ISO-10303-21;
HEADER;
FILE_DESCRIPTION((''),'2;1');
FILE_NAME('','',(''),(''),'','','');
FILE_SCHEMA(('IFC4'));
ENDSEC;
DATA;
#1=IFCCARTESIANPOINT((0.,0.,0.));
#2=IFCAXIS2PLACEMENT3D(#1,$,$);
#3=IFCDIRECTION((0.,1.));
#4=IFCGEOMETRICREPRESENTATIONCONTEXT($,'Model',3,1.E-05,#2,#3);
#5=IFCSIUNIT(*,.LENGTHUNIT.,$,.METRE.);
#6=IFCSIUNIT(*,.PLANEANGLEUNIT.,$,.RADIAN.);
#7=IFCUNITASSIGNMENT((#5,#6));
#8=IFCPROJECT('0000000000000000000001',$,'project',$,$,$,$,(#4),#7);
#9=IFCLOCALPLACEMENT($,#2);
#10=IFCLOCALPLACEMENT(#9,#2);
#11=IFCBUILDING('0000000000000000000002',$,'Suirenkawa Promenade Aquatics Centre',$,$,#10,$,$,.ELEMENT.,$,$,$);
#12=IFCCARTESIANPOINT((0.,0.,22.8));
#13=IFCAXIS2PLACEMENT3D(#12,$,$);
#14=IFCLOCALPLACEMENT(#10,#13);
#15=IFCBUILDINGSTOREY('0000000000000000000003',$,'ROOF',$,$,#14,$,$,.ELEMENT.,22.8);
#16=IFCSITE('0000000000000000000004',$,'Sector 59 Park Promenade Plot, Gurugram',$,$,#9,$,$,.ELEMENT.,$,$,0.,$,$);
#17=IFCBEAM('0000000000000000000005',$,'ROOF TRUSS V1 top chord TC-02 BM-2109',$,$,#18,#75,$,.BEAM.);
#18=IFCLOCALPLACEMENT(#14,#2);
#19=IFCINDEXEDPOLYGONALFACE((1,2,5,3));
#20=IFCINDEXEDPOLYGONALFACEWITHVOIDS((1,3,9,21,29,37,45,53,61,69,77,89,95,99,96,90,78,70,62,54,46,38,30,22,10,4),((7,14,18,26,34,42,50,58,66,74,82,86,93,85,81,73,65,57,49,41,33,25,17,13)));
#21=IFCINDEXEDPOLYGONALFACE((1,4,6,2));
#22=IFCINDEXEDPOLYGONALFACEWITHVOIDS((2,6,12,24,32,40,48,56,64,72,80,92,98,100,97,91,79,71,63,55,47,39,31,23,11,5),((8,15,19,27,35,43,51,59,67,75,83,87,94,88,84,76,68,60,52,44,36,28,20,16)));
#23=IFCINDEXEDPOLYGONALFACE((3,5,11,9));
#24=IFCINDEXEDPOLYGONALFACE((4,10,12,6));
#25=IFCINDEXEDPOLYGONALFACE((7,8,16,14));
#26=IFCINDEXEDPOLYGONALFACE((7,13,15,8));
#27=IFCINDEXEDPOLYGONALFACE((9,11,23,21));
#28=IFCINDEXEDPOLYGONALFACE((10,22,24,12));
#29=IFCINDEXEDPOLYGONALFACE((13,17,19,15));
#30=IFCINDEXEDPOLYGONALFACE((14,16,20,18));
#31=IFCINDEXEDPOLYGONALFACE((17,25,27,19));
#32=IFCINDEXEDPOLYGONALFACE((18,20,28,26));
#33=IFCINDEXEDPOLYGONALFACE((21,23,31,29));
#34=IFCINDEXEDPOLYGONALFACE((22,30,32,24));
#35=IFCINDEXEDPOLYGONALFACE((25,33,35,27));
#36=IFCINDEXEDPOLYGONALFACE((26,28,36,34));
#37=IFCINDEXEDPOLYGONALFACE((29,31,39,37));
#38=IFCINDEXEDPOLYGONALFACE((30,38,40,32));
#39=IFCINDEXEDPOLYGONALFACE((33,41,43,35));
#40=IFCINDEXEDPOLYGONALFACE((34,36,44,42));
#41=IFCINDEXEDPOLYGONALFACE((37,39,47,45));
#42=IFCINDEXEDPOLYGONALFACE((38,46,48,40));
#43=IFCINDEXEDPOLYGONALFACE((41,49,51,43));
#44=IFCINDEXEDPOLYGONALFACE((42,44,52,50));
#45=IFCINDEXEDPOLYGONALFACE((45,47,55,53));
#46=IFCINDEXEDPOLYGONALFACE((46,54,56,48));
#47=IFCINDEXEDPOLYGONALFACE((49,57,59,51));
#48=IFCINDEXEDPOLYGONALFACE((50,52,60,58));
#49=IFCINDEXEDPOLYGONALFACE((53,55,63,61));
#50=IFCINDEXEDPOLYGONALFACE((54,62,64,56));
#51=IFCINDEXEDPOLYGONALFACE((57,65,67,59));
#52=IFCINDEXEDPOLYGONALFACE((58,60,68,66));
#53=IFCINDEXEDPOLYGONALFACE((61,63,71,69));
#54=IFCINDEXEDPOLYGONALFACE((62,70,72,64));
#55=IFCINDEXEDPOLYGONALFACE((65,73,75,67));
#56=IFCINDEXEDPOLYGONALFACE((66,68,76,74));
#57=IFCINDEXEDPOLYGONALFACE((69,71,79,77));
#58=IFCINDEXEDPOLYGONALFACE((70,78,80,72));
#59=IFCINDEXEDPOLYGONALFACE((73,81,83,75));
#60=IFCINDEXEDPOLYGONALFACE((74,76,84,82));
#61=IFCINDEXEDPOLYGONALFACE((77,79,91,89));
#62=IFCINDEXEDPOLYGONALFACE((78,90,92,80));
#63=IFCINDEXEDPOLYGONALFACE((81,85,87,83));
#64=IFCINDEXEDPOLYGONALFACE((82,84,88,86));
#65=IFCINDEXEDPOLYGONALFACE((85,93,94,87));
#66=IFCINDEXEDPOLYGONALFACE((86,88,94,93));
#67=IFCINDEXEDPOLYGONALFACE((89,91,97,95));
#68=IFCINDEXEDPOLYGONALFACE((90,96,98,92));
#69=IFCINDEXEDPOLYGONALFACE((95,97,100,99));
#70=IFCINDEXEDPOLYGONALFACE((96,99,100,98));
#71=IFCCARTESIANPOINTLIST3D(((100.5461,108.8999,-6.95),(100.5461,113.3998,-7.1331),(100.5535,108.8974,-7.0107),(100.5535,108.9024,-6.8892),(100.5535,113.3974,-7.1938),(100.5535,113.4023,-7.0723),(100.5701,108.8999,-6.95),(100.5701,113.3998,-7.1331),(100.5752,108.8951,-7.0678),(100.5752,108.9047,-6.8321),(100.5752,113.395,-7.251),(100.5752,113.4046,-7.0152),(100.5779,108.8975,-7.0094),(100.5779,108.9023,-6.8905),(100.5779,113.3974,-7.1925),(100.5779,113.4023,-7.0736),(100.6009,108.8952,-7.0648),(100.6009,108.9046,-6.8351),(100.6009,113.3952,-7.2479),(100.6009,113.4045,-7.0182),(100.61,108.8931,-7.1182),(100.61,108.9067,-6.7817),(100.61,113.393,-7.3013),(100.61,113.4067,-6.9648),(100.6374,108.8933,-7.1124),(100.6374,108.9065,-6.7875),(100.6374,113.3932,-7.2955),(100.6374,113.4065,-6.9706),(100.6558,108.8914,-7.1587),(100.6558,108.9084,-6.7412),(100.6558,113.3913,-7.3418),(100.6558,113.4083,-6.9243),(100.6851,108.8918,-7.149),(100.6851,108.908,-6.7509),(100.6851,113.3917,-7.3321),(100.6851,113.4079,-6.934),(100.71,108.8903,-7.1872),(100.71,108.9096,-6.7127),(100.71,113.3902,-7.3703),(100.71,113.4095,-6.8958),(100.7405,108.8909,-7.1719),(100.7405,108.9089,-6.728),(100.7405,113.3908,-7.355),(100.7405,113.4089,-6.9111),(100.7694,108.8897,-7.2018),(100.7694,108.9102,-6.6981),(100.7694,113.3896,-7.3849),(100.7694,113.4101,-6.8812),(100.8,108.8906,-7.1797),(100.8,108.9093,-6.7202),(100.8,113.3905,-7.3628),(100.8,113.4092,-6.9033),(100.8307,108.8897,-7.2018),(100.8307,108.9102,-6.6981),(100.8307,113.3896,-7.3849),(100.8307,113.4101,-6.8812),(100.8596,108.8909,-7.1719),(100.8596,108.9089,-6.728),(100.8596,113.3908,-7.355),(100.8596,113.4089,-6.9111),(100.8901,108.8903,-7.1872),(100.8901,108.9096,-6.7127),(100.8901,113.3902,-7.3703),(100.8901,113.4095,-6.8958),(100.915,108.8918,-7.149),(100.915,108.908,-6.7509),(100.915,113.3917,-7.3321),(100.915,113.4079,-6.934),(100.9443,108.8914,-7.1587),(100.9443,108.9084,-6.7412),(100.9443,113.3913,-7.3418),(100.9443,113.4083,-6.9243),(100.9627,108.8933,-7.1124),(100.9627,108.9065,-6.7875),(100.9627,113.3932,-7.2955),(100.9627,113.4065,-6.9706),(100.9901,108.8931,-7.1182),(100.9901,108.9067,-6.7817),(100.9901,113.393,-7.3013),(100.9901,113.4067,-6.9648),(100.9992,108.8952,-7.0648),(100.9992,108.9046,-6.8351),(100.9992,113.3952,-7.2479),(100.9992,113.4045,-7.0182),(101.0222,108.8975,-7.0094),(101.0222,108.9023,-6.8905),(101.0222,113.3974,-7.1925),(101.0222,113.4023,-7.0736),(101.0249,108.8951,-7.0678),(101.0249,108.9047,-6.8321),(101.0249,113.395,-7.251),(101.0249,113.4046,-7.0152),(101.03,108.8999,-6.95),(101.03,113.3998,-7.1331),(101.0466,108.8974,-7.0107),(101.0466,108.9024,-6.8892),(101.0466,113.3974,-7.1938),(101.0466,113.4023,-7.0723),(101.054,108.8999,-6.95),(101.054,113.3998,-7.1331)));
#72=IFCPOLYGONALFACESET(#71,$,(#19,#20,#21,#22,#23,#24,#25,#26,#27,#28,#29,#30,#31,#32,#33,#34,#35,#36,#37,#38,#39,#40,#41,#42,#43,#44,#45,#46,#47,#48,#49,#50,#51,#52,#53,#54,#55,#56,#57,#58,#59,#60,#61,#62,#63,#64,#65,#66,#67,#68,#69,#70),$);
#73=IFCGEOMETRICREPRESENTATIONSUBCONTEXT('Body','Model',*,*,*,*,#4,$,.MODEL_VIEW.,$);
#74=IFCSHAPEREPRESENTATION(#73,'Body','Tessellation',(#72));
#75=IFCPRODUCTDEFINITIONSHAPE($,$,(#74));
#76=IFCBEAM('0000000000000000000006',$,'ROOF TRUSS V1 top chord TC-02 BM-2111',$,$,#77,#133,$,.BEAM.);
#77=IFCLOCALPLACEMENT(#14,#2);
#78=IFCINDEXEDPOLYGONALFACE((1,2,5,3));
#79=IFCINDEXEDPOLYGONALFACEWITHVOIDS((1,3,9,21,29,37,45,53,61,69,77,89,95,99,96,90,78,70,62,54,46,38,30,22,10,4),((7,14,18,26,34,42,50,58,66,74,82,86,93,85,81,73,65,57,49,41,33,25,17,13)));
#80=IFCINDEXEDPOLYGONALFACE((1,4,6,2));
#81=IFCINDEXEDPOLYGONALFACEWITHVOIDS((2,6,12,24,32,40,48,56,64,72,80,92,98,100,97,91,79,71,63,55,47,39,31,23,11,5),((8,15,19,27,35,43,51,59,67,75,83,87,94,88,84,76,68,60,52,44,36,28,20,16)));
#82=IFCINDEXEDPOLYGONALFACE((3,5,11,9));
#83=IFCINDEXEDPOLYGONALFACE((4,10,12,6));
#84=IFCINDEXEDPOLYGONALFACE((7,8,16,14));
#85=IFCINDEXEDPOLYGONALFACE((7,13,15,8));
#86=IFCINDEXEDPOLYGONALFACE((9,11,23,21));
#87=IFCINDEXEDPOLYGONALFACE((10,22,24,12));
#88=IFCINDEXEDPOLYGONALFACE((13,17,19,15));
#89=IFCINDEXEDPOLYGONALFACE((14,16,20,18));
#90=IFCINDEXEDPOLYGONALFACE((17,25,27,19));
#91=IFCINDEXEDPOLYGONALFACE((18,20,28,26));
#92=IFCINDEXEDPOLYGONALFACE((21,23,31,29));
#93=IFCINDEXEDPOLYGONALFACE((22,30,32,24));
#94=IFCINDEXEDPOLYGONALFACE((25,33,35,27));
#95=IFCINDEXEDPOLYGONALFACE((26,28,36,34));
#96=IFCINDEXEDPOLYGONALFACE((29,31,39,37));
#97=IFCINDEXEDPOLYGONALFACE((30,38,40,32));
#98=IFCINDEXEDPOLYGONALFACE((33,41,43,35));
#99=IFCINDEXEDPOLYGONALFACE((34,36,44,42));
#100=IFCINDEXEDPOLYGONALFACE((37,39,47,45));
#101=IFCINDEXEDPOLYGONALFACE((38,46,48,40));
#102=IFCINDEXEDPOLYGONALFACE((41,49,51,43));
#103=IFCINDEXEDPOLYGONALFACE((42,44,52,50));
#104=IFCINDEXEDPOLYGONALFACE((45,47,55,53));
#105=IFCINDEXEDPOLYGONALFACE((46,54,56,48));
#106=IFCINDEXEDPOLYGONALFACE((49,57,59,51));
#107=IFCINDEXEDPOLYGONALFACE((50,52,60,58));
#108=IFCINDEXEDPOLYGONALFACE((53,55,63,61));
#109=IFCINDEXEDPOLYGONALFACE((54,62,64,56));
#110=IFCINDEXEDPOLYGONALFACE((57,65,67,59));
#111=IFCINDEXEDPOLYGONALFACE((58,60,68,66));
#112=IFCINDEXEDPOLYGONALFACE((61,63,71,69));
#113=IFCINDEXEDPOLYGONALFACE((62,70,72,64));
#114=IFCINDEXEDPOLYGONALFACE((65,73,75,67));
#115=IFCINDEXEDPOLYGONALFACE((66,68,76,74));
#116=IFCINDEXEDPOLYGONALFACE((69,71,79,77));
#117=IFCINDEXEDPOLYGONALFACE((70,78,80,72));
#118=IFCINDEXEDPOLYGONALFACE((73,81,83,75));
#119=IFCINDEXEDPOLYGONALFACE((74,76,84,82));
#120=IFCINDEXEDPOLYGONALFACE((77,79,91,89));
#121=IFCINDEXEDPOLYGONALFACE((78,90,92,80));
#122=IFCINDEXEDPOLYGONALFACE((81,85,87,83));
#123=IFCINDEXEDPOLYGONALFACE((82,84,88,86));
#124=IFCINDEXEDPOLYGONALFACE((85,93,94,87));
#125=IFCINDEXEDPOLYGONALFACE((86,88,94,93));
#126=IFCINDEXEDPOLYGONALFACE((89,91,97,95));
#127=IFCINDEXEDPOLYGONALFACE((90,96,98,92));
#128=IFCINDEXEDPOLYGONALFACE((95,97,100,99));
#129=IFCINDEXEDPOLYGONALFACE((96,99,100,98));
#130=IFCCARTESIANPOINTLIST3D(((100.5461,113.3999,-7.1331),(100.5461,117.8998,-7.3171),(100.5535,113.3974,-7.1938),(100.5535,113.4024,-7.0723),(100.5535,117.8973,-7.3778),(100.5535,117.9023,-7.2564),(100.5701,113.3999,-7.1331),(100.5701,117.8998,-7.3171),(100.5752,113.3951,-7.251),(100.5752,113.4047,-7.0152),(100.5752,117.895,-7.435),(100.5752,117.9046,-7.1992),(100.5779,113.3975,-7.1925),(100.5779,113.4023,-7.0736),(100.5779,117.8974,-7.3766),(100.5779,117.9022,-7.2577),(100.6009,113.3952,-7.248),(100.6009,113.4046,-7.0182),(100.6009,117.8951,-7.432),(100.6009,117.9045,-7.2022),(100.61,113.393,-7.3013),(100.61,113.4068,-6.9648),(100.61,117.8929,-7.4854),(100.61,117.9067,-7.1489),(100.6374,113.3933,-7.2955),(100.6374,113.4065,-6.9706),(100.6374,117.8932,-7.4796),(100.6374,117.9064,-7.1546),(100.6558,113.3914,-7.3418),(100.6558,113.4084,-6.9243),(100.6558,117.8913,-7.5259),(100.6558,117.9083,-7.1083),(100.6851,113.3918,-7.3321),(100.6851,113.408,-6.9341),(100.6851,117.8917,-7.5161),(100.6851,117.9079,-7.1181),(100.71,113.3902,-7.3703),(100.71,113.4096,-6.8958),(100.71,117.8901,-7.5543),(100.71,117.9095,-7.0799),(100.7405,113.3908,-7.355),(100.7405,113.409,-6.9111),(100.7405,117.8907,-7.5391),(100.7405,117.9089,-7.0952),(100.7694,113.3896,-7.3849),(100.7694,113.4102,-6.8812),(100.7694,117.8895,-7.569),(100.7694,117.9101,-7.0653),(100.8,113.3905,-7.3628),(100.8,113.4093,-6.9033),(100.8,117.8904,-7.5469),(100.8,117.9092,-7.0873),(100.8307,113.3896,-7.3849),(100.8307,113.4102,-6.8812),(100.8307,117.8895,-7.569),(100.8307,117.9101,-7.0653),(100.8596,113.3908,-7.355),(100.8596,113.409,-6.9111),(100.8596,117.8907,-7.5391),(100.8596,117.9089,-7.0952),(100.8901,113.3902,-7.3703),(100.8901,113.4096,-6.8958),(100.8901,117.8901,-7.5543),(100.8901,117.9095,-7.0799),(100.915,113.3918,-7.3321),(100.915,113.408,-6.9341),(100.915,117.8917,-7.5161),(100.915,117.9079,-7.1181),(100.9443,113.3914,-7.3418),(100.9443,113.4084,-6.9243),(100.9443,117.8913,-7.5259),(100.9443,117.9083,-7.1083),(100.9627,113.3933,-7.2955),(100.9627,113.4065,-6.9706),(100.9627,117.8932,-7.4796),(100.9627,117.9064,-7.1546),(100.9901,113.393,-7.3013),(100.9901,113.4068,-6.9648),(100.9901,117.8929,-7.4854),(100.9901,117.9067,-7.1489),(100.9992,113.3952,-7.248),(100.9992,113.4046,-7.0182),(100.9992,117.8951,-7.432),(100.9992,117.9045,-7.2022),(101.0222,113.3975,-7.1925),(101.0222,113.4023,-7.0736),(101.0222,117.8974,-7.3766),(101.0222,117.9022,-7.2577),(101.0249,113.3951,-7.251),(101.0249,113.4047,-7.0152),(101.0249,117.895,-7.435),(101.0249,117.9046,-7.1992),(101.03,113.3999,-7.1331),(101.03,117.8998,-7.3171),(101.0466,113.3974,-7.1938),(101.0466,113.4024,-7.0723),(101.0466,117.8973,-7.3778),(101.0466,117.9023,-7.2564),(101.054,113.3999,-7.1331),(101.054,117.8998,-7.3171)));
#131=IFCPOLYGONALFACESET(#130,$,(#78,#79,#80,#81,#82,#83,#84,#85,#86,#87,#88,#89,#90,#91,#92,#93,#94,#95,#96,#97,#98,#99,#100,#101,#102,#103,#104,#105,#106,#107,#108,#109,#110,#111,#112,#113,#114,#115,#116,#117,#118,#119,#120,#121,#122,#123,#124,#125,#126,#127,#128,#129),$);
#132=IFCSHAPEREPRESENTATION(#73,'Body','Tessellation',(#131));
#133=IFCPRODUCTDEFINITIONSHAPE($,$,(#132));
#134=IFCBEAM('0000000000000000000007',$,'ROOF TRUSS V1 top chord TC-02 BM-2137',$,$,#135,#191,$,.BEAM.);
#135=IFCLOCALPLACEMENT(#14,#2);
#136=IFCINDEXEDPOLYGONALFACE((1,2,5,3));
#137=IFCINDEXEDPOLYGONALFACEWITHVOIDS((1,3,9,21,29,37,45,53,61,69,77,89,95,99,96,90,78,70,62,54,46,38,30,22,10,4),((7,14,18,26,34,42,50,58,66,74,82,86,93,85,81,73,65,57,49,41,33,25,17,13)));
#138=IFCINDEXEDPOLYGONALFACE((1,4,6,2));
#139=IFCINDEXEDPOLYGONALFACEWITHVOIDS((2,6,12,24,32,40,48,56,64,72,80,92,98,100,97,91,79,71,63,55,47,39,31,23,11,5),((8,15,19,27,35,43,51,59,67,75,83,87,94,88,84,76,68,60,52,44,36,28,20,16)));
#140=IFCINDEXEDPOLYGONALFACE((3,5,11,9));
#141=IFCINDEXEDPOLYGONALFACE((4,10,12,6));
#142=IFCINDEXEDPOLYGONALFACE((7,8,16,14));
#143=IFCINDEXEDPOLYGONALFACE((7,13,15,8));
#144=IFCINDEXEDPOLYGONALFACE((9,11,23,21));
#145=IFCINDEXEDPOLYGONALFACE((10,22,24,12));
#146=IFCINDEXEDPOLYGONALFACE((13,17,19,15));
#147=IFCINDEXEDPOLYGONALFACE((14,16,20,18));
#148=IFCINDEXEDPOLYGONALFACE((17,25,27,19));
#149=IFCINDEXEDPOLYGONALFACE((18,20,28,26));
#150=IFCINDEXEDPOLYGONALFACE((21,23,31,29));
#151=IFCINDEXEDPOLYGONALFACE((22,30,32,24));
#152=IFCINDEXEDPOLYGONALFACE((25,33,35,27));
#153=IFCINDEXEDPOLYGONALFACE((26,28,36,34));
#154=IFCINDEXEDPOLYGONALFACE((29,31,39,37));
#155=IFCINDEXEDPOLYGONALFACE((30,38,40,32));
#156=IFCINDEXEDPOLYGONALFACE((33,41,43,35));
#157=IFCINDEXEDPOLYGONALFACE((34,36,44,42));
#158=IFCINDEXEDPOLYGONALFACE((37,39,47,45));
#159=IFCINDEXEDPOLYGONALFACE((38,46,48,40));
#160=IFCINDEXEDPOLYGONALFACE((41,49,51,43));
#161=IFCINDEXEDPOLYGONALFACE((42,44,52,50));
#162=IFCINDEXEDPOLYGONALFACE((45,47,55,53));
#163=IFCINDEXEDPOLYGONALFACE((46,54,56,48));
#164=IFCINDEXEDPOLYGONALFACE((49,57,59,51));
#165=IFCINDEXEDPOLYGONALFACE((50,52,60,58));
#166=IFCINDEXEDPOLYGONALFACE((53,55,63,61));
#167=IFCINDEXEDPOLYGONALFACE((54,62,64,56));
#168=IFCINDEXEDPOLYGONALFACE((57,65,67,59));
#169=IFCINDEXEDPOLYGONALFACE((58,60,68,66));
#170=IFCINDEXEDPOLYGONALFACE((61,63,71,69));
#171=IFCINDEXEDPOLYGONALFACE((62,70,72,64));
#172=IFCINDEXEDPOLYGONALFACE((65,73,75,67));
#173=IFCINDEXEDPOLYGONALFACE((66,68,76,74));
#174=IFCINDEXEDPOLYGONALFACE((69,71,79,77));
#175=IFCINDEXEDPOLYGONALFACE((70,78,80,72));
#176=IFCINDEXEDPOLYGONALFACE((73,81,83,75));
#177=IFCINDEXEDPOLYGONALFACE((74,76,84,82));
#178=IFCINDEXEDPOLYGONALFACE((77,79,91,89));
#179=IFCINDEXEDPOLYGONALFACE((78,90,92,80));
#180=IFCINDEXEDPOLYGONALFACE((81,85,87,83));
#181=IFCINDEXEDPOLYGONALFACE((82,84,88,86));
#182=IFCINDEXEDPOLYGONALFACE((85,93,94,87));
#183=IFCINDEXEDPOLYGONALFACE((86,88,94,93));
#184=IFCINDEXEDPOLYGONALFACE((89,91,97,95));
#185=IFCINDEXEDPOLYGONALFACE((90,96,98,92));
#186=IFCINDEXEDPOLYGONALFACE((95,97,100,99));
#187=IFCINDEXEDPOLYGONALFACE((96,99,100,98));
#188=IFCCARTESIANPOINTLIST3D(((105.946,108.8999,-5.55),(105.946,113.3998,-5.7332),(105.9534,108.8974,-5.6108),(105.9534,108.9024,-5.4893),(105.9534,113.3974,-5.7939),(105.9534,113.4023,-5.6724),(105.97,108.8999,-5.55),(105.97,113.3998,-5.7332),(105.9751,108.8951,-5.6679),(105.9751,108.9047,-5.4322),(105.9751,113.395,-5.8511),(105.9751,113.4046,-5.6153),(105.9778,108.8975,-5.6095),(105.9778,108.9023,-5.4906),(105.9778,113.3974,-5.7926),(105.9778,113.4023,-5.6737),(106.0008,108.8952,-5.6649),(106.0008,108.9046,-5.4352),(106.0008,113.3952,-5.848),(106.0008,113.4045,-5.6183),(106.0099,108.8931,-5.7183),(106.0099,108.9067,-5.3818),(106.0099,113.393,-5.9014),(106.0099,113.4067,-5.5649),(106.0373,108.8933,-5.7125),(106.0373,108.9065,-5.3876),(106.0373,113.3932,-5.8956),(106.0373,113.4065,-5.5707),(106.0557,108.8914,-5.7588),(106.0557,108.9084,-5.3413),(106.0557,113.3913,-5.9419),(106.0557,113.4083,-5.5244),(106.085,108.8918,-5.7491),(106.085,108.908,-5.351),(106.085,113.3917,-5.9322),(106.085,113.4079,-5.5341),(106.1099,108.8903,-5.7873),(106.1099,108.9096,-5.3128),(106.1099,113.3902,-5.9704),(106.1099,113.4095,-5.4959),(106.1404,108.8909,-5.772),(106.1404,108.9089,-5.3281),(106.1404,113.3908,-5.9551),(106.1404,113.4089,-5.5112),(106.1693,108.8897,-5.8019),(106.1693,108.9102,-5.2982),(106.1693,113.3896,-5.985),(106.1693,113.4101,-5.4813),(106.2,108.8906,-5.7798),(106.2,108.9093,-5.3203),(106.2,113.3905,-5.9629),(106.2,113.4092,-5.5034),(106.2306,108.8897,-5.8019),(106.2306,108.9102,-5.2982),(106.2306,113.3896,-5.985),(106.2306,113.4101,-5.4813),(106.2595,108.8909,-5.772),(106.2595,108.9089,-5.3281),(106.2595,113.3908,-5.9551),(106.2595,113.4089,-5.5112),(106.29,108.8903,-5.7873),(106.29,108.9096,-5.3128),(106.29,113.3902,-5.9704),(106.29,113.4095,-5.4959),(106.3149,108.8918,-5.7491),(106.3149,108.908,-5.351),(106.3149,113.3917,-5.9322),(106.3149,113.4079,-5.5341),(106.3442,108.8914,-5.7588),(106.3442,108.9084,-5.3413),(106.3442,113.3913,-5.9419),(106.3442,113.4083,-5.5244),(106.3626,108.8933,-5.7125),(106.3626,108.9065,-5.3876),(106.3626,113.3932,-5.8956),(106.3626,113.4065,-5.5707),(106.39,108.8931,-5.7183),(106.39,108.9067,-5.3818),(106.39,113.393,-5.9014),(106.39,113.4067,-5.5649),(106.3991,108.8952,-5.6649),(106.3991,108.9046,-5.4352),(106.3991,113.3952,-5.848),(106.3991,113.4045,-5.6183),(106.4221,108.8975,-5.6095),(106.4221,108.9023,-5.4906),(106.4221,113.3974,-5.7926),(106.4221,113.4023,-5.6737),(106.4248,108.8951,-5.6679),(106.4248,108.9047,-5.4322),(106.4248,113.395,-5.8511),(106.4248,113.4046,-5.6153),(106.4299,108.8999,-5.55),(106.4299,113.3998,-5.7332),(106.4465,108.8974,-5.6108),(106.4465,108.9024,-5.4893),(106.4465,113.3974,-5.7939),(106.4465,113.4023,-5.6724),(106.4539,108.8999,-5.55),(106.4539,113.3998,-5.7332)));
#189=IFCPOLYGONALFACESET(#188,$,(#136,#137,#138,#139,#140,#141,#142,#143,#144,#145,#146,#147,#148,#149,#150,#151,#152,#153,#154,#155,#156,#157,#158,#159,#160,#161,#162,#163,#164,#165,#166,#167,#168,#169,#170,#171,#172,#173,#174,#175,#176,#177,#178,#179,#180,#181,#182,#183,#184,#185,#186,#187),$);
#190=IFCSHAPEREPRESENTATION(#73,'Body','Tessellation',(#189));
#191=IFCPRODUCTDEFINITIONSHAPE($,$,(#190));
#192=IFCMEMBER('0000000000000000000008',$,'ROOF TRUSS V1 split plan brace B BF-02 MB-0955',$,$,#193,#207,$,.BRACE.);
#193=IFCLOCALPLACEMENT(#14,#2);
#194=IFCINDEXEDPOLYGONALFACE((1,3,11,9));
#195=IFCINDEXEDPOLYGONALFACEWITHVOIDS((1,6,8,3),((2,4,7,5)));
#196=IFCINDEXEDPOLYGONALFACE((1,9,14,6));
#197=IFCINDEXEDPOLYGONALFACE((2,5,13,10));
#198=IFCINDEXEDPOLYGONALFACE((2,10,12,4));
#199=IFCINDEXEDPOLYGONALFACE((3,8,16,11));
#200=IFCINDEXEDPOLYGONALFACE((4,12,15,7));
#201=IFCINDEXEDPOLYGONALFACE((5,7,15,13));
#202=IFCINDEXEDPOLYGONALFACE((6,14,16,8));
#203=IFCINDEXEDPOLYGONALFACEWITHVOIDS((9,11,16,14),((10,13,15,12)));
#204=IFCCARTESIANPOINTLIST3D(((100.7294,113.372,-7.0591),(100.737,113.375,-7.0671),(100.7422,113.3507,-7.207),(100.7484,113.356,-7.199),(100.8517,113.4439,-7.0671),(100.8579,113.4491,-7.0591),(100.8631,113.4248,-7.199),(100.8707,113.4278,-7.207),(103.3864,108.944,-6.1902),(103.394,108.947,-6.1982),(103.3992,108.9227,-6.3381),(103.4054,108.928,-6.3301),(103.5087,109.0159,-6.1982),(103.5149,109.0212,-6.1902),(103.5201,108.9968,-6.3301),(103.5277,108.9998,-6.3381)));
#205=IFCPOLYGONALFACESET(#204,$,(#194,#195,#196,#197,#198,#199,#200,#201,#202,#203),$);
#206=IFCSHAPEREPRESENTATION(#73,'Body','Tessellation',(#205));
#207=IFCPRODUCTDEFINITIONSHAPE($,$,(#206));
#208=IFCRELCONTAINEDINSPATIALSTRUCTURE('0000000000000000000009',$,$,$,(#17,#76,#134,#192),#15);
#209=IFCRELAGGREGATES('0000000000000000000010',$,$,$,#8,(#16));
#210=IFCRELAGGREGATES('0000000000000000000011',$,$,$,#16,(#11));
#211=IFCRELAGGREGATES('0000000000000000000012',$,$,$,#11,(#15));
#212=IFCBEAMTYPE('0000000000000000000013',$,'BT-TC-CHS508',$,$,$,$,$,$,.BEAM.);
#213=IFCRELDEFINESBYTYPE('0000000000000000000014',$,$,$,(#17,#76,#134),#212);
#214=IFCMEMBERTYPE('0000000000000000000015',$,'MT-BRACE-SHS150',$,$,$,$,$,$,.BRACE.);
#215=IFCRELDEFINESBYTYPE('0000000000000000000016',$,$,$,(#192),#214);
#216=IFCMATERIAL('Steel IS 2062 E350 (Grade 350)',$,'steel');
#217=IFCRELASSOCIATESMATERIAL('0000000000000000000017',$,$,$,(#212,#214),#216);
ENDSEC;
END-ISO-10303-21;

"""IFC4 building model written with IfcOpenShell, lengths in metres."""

from ifc_helpers import new_model, si_unit, direction, frame, origin, origin_2d, place, context, subcontext, project, spatial, hollow_rectangle, hollow_circle, extrude, material, material_profile, profile_set, type_object, element, save


model = new_model("IFC4")

# Units and contexts
model_context = context("Model", 3, precision=1e-05, world=origin(), true_north=direction((0.0, 1.0)))
body_context = subcontext(model_context, "Body", "Model", "MODEL_VIEW")
ifc_project = project(units=[si_unit("LENGTHUNIT", "METRE"), si_unit("PLANEANGLEUNIT", "RADIAN")], contexts=[model_context])

# Site, building, storey
site_placement = place(None, origin())
site = spatial("IfcSite", under=ifc_project, at=site_placement, Name="Sector 59 Park Promenade Plot, Gurugram", CompositionType="ELEMENT", RefElevation=0.0)
building_placement = place(site_placement, origin())
building = spatial("IfcBuilding", under=site, at=building_placement, Name="Suirenkawa Promenade Aquatics Centre", CompositionType="ELEMENT")
storey_placement = place(building_placement, frame((0.0, 0.0, 22.8)))
storey = spatial("IfcBuildingStorey", under=building, at=storey_placement, Name="ROOF", CompositionType="ELEMENT", Elevation=22.8)

# Beams
ifc_material = material(Name="Steel IS 2062 E350 (Grade 350)", Category="steel")
ifc_material_profile_1 = material_profile(ifc_material, hollow_circle(Radius=0.2539, WallThickness=0.0239, at=origin_2d()), Name="CHS 508x24", Category="steel")
ifc_profile_set_1 = profile_set([ifc_material_profile_1], Name="Steel IS 2062 E350 (Grade 350)")
beam_type_1 = type_object("IfcBeamType", Name="BT-TC-CHS508", PredefinedType="BEAM", material=ifc_profile_set_1)
for number, where, z_axis, x_axis, name in (
    (1, (100.8, 108.8999, -6.95), (0.0, 0.999173, -0.040656), (-1.0, 0.0, 0.0), "ROOF TRUSS V1 top chord TC-02 BM-2109"),
    (2, (100.8, 113.3999, -7.1331), (0.0, 0.999164, -0.040873), (-1.0, 0.0, 0.0), "ROOF TRUSS V1 top chord TC-02 BM-2111"),
    (3, (106.2, 108.8999, -5.55), (0.0, 0.999173, -0.040656), (-1.0, 0.0, 0.0), "ROOF TRUSS V1 top chord TC-02 BM-2137"),
):
    element("IfcBeam", number, at=place(storey_placement, frame(where, z_axis=z_axis, x_axis=x_axis)), inside=storey, type_object=beam_type_1, Name=name, PredefinedType="BEAM", context=body_context, shape_type="SweptSolid", body=[
        extrude(hollow_circle(Radius=0.2539, WallThickness=0.0239, at=origin_2d()), origin(), (0.0, 0.0, 1.0), 4.5037),
    ])

# Member
ifc_material_profile_2 = material_profile(ifc_material, hollow_rectangle(XDim=0.1499, YDim=0.1499, WallThickness=0.0081, at=origin_2d()), Name="SHS 150x150x8", Category="steel")
ifc_profile_set_2 = profile_set([ifc_material_profile_2], Name="Steel IS 2062 E350 (Grade 350)")
member_type_1 = type_object("IfcMemberType", Name="MT-BRACE-SHS150", PredefinedType="BRACE", material=ifc_profile_set_2)
member_1_placement = place(storey_placement, frame((103.457, 108.9719, -6.2642), z_axis=(-0.507391, 0.84559, -0.165929), x_axis=(-0.857476, -0.514524, 0.0)))
element("IfcMember", 4, at=member_1_placement, inside=storey, type_object=member_type_1, Name="ROOF TRUSS V1 split plan brace B BF-02 MB-0955", PredefinedType="BRACE", context=body_context, shape_type="SweptSolid", body=[
    extrude(hollow_rectangle(XDim=0.1499, YDim=0.1499, WallThickness=0.0081, at=origin_2d()), origin(), (0.0, 0.0, 1.0), 5.2366),
])

save(model, "model.ifc")
